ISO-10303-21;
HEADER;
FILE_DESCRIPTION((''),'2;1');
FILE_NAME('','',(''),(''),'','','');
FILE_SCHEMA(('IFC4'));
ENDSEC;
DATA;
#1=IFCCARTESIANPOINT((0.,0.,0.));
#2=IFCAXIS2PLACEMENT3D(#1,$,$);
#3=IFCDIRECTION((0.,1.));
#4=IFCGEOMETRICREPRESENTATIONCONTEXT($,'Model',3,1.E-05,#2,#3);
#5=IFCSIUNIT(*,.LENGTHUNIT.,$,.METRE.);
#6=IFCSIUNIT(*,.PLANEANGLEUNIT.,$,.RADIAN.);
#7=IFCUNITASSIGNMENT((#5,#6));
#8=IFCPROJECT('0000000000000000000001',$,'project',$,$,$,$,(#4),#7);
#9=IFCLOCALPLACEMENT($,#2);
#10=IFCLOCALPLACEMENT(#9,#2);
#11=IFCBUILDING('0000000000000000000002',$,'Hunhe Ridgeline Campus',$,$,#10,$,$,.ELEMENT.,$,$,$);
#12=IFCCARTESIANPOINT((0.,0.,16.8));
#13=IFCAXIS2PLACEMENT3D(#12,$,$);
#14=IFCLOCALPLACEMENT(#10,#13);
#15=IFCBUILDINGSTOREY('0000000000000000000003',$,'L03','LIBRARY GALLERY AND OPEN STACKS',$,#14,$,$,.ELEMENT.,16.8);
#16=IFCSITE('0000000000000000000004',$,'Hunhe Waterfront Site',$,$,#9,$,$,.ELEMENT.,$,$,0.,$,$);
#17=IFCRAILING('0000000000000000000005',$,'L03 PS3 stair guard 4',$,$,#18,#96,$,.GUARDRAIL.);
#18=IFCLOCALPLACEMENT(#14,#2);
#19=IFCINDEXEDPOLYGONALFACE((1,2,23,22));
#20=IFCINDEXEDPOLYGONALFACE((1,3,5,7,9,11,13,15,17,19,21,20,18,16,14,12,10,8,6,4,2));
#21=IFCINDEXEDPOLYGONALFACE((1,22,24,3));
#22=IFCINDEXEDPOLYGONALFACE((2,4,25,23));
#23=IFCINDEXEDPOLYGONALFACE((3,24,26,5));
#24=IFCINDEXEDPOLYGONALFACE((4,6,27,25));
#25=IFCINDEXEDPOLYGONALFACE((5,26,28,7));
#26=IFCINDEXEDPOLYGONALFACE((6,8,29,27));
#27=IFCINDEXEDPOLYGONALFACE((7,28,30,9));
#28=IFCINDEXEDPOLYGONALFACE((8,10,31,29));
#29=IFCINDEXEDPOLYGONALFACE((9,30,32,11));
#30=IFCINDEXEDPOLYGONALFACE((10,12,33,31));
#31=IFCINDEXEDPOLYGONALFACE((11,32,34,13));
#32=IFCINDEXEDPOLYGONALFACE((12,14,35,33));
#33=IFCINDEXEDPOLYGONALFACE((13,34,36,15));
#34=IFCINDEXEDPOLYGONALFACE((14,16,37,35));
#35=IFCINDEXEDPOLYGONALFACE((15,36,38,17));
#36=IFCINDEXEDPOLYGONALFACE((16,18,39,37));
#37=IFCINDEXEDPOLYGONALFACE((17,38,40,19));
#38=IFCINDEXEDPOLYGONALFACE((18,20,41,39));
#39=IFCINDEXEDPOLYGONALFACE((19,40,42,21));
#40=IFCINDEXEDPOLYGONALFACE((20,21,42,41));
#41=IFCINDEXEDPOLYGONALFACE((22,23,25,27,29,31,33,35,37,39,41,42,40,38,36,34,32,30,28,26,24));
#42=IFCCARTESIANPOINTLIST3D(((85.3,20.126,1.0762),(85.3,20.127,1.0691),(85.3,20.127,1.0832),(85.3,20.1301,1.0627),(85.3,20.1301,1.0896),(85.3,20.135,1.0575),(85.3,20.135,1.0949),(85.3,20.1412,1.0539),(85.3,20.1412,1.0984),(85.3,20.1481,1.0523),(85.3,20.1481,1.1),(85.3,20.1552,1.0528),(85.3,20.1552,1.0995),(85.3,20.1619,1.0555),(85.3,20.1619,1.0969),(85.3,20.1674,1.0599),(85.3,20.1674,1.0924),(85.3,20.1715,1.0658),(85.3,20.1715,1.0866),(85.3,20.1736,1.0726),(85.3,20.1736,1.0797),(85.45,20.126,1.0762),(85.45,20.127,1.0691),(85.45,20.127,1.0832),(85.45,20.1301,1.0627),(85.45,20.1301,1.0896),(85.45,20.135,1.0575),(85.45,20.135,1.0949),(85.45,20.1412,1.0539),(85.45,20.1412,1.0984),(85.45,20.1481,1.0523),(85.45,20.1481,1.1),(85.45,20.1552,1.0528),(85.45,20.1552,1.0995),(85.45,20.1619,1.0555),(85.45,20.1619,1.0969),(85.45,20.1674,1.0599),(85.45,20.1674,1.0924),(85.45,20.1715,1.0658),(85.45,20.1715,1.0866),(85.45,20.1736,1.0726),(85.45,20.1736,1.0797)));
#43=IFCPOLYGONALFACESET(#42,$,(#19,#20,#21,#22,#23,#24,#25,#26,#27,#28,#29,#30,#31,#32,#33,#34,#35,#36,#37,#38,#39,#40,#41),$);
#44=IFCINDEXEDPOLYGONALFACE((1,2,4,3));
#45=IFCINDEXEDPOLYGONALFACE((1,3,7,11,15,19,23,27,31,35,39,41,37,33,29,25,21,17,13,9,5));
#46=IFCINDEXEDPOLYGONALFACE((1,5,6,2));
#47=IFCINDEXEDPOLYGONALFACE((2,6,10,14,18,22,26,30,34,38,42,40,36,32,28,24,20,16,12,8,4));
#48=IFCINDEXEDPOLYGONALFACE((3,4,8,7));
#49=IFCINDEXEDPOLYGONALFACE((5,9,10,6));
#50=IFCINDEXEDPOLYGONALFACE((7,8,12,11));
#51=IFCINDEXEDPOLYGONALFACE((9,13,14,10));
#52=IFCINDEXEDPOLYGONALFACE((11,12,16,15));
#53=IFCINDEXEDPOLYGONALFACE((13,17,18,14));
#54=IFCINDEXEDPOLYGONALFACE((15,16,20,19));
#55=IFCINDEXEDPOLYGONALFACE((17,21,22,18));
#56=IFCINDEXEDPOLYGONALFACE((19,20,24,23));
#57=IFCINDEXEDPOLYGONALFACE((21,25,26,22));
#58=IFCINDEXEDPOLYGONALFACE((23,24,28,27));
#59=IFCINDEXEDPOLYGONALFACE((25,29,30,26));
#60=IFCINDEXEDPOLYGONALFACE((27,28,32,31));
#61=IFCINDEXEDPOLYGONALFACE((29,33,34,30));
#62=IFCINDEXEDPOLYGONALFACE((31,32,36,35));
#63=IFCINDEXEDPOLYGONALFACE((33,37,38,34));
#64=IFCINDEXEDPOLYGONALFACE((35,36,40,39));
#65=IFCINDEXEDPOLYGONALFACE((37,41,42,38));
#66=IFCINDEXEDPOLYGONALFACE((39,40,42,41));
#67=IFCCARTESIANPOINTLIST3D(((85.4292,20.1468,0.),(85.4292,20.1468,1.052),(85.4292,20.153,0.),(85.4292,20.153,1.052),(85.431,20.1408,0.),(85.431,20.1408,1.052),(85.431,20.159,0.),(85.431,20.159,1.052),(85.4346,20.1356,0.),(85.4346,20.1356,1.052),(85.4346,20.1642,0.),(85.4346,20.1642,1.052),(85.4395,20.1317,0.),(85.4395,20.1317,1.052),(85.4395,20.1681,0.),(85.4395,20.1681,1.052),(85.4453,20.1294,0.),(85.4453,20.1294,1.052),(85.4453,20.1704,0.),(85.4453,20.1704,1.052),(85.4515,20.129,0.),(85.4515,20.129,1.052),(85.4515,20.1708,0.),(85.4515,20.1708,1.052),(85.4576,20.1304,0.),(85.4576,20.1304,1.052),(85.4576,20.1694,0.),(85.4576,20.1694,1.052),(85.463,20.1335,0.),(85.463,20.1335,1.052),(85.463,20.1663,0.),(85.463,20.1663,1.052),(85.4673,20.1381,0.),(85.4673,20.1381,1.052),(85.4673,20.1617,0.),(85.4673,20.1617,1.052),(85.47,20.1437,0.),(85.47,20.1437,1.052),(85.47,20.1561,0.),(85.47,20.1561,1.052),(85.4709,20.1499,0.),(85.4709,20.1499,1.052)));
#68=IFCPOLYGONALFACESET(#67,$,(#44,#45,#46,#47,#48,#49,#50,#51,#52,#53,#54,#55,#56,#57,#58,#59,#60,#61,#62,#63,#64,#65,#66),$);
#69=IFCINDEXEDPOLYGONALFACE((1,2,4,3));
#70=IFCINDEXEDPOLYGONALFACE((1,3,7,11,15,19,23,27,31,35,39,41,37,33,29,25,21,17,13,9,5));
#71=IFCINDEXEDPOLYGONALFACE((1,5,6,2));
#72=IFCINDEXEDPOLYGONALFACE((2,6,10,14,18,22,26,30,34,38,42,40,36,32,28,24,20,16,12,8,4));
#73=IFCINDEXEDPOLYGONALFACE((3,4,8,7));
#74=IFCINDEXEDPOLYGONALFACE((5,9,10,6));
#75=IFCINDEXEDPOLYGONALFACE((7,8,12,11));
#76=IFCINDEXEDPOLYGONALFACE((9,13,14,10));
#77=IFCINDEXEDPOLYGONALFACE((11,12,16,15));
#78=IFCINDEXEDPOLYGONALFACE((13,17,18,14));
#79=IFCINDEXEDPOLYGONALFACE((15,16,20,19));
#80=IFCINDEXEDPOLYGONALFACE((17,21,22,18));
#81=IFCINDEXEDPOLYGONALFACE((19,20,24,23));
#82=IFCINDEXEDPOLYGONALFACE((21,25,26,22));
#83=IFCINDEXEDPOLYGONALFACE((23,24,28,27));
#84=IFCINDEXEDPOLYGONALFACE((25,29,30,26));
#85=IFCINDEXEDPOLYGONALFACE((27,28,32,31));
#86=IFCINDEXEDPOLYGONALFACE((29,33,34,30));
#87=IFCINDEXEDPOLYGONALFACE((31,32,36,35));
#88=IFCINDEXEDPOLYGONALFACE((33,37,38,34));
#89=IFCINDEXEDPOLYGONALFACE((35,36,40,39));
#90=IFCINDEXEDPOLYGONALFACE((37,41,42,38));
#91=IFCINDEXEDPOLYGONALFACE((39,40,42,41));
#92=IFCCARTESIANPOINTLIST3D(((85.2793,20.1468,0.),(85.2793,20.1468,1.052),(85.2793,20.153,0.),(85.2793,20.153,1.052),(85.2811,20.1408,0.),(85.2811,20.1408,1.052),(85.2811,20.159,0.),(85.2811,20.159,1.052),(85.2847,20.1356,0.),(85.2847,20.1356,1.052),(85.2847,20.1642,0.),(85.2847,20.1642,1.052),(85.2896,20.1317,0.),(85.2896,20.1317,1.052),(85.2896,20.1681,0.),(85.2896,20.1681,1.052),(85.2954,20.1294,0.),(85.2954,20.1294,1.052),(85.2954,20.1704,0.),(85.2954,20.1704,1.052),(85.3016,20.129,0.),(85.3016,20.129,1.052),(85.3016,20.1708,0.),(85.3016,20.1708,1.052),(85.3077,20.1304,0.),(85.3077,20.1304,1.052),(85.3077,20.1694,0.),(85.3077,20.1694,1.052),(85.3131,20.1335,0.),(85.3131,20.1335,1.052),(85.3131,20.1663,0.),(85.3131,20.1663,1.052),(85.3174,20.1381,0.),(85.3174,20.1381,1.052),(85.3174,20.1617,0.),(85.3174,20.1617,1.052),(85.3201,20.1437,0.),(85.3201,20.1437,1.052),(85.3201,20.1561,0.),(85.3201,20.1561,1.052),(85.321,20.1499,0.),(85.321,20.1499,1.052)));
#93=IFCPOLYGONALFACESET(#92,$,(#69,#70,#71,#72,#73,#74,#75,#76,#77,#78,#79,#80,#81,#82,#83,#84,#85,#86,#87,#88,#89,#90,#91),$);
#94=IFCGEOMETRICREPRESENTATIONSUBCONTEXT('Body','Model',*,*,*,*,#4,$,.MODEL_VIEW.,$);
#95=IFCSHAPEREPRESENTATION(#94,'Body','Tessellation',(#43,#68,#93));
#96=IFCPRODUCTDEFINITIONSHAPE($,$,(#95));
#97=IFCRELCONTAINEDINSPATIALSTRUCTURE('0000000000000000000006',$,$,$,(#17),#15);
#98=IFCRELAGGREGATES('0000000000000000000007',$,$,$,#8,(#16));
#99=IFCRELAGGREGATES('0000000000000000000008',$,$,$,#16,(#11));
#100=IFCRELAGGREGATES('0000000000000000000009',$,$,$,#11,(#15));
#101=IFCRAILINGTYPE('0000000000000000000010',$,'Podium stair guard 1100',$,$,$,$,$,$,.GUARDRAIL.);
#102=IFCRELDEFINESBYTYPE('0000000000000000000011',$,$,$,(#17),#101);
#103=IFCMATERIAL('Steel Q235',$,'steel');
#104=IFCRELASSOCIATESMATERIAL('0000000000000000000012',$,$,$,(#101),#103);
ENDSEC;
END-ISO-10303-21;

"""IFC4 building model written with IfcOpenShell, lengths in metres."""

from ifc_helpers import new_model, si_unit, direction, frame, origin, origin_2d, place, context, subcontext, project, spatial, circle, extrude, material, type_object, element, save


model = new_model("IFC4")

# Units and contexts
model_context = context("Model", 3, precision=1e-05, world=origin(), true_north=direction((0.0, 1.0)))
body_context = subcontext(model_context, "Body", "Model", "MODEL_VIEW")
ifc_project = project(units=[si_unit("LENGTHUNIT", "METRE"), si_unit("PLANEANGLEUNIT", "RADIAN")], contexts=[model_context])

# Site, building, storey
site_placement = place(None, origin())
site = spatial("IfcSite", under=ifc_project, at=site_placement, Name="Hunhe Waterfront Site", CompositionType="ELEMENT", RefElevation=0.0)
building_placement = place(site_placement, origin())
building = spatial("IfcBuilding", under=site, at=building_placement, Name="Hunhe Ridgeline Campus", CompositionType="ELEMENT")
storey_placement = place(building_placement, frame((0.0, 0.0, 16.8)))
storey = spatial("IfcBuildingStorey", under=building, at=storey_placement, Name="L03", Description="LIBRARY GALLERY AND OPEN STACKS", CompositionType="ELEMENT", Elevation=16.8)

# Railing
ifc_material_1 = material(Name="Steel Q235", Category="steel")
railing_type_1 = type_object("IfcRailingType", Name="Podium stair guard 1100", PredefinedType="GUARDRAIL", material=ifc_material_1)
railing_1_placement = place(storey_placement, frame((85.45, 20.1499, 0.0)))
element("IfcRailing", 1, at=railing_1_placement, inside=storey, type_object=railing_type_1, Name="L03 PS3 stair guard 4", PredefinedType="GUARDRAIL", context=body_context, shape_type="SweptSolid", body=[
    extrude(circle(Radius=0.0239, at=origin_2d()), frame((0.0, 0.0, 1.0762), z_axis=(-1.0, 0.0, 0.0), x_axis=(0.0, -1.0, 0.0)), (0.0, 0.0, 1.0), 0.1499),
    extrude(circle(Radius=0.021, at=origin_2d()), origin(), (0.0, 0.0, 1.0), 1.052),
    extrude(circle(Radius=0.021, at=origin_2d()), frame((-0.1499, 0.0, 0.0)), (0.0, 0.0, 1.0), 1.052),
])

save(model, "model.ifc")
